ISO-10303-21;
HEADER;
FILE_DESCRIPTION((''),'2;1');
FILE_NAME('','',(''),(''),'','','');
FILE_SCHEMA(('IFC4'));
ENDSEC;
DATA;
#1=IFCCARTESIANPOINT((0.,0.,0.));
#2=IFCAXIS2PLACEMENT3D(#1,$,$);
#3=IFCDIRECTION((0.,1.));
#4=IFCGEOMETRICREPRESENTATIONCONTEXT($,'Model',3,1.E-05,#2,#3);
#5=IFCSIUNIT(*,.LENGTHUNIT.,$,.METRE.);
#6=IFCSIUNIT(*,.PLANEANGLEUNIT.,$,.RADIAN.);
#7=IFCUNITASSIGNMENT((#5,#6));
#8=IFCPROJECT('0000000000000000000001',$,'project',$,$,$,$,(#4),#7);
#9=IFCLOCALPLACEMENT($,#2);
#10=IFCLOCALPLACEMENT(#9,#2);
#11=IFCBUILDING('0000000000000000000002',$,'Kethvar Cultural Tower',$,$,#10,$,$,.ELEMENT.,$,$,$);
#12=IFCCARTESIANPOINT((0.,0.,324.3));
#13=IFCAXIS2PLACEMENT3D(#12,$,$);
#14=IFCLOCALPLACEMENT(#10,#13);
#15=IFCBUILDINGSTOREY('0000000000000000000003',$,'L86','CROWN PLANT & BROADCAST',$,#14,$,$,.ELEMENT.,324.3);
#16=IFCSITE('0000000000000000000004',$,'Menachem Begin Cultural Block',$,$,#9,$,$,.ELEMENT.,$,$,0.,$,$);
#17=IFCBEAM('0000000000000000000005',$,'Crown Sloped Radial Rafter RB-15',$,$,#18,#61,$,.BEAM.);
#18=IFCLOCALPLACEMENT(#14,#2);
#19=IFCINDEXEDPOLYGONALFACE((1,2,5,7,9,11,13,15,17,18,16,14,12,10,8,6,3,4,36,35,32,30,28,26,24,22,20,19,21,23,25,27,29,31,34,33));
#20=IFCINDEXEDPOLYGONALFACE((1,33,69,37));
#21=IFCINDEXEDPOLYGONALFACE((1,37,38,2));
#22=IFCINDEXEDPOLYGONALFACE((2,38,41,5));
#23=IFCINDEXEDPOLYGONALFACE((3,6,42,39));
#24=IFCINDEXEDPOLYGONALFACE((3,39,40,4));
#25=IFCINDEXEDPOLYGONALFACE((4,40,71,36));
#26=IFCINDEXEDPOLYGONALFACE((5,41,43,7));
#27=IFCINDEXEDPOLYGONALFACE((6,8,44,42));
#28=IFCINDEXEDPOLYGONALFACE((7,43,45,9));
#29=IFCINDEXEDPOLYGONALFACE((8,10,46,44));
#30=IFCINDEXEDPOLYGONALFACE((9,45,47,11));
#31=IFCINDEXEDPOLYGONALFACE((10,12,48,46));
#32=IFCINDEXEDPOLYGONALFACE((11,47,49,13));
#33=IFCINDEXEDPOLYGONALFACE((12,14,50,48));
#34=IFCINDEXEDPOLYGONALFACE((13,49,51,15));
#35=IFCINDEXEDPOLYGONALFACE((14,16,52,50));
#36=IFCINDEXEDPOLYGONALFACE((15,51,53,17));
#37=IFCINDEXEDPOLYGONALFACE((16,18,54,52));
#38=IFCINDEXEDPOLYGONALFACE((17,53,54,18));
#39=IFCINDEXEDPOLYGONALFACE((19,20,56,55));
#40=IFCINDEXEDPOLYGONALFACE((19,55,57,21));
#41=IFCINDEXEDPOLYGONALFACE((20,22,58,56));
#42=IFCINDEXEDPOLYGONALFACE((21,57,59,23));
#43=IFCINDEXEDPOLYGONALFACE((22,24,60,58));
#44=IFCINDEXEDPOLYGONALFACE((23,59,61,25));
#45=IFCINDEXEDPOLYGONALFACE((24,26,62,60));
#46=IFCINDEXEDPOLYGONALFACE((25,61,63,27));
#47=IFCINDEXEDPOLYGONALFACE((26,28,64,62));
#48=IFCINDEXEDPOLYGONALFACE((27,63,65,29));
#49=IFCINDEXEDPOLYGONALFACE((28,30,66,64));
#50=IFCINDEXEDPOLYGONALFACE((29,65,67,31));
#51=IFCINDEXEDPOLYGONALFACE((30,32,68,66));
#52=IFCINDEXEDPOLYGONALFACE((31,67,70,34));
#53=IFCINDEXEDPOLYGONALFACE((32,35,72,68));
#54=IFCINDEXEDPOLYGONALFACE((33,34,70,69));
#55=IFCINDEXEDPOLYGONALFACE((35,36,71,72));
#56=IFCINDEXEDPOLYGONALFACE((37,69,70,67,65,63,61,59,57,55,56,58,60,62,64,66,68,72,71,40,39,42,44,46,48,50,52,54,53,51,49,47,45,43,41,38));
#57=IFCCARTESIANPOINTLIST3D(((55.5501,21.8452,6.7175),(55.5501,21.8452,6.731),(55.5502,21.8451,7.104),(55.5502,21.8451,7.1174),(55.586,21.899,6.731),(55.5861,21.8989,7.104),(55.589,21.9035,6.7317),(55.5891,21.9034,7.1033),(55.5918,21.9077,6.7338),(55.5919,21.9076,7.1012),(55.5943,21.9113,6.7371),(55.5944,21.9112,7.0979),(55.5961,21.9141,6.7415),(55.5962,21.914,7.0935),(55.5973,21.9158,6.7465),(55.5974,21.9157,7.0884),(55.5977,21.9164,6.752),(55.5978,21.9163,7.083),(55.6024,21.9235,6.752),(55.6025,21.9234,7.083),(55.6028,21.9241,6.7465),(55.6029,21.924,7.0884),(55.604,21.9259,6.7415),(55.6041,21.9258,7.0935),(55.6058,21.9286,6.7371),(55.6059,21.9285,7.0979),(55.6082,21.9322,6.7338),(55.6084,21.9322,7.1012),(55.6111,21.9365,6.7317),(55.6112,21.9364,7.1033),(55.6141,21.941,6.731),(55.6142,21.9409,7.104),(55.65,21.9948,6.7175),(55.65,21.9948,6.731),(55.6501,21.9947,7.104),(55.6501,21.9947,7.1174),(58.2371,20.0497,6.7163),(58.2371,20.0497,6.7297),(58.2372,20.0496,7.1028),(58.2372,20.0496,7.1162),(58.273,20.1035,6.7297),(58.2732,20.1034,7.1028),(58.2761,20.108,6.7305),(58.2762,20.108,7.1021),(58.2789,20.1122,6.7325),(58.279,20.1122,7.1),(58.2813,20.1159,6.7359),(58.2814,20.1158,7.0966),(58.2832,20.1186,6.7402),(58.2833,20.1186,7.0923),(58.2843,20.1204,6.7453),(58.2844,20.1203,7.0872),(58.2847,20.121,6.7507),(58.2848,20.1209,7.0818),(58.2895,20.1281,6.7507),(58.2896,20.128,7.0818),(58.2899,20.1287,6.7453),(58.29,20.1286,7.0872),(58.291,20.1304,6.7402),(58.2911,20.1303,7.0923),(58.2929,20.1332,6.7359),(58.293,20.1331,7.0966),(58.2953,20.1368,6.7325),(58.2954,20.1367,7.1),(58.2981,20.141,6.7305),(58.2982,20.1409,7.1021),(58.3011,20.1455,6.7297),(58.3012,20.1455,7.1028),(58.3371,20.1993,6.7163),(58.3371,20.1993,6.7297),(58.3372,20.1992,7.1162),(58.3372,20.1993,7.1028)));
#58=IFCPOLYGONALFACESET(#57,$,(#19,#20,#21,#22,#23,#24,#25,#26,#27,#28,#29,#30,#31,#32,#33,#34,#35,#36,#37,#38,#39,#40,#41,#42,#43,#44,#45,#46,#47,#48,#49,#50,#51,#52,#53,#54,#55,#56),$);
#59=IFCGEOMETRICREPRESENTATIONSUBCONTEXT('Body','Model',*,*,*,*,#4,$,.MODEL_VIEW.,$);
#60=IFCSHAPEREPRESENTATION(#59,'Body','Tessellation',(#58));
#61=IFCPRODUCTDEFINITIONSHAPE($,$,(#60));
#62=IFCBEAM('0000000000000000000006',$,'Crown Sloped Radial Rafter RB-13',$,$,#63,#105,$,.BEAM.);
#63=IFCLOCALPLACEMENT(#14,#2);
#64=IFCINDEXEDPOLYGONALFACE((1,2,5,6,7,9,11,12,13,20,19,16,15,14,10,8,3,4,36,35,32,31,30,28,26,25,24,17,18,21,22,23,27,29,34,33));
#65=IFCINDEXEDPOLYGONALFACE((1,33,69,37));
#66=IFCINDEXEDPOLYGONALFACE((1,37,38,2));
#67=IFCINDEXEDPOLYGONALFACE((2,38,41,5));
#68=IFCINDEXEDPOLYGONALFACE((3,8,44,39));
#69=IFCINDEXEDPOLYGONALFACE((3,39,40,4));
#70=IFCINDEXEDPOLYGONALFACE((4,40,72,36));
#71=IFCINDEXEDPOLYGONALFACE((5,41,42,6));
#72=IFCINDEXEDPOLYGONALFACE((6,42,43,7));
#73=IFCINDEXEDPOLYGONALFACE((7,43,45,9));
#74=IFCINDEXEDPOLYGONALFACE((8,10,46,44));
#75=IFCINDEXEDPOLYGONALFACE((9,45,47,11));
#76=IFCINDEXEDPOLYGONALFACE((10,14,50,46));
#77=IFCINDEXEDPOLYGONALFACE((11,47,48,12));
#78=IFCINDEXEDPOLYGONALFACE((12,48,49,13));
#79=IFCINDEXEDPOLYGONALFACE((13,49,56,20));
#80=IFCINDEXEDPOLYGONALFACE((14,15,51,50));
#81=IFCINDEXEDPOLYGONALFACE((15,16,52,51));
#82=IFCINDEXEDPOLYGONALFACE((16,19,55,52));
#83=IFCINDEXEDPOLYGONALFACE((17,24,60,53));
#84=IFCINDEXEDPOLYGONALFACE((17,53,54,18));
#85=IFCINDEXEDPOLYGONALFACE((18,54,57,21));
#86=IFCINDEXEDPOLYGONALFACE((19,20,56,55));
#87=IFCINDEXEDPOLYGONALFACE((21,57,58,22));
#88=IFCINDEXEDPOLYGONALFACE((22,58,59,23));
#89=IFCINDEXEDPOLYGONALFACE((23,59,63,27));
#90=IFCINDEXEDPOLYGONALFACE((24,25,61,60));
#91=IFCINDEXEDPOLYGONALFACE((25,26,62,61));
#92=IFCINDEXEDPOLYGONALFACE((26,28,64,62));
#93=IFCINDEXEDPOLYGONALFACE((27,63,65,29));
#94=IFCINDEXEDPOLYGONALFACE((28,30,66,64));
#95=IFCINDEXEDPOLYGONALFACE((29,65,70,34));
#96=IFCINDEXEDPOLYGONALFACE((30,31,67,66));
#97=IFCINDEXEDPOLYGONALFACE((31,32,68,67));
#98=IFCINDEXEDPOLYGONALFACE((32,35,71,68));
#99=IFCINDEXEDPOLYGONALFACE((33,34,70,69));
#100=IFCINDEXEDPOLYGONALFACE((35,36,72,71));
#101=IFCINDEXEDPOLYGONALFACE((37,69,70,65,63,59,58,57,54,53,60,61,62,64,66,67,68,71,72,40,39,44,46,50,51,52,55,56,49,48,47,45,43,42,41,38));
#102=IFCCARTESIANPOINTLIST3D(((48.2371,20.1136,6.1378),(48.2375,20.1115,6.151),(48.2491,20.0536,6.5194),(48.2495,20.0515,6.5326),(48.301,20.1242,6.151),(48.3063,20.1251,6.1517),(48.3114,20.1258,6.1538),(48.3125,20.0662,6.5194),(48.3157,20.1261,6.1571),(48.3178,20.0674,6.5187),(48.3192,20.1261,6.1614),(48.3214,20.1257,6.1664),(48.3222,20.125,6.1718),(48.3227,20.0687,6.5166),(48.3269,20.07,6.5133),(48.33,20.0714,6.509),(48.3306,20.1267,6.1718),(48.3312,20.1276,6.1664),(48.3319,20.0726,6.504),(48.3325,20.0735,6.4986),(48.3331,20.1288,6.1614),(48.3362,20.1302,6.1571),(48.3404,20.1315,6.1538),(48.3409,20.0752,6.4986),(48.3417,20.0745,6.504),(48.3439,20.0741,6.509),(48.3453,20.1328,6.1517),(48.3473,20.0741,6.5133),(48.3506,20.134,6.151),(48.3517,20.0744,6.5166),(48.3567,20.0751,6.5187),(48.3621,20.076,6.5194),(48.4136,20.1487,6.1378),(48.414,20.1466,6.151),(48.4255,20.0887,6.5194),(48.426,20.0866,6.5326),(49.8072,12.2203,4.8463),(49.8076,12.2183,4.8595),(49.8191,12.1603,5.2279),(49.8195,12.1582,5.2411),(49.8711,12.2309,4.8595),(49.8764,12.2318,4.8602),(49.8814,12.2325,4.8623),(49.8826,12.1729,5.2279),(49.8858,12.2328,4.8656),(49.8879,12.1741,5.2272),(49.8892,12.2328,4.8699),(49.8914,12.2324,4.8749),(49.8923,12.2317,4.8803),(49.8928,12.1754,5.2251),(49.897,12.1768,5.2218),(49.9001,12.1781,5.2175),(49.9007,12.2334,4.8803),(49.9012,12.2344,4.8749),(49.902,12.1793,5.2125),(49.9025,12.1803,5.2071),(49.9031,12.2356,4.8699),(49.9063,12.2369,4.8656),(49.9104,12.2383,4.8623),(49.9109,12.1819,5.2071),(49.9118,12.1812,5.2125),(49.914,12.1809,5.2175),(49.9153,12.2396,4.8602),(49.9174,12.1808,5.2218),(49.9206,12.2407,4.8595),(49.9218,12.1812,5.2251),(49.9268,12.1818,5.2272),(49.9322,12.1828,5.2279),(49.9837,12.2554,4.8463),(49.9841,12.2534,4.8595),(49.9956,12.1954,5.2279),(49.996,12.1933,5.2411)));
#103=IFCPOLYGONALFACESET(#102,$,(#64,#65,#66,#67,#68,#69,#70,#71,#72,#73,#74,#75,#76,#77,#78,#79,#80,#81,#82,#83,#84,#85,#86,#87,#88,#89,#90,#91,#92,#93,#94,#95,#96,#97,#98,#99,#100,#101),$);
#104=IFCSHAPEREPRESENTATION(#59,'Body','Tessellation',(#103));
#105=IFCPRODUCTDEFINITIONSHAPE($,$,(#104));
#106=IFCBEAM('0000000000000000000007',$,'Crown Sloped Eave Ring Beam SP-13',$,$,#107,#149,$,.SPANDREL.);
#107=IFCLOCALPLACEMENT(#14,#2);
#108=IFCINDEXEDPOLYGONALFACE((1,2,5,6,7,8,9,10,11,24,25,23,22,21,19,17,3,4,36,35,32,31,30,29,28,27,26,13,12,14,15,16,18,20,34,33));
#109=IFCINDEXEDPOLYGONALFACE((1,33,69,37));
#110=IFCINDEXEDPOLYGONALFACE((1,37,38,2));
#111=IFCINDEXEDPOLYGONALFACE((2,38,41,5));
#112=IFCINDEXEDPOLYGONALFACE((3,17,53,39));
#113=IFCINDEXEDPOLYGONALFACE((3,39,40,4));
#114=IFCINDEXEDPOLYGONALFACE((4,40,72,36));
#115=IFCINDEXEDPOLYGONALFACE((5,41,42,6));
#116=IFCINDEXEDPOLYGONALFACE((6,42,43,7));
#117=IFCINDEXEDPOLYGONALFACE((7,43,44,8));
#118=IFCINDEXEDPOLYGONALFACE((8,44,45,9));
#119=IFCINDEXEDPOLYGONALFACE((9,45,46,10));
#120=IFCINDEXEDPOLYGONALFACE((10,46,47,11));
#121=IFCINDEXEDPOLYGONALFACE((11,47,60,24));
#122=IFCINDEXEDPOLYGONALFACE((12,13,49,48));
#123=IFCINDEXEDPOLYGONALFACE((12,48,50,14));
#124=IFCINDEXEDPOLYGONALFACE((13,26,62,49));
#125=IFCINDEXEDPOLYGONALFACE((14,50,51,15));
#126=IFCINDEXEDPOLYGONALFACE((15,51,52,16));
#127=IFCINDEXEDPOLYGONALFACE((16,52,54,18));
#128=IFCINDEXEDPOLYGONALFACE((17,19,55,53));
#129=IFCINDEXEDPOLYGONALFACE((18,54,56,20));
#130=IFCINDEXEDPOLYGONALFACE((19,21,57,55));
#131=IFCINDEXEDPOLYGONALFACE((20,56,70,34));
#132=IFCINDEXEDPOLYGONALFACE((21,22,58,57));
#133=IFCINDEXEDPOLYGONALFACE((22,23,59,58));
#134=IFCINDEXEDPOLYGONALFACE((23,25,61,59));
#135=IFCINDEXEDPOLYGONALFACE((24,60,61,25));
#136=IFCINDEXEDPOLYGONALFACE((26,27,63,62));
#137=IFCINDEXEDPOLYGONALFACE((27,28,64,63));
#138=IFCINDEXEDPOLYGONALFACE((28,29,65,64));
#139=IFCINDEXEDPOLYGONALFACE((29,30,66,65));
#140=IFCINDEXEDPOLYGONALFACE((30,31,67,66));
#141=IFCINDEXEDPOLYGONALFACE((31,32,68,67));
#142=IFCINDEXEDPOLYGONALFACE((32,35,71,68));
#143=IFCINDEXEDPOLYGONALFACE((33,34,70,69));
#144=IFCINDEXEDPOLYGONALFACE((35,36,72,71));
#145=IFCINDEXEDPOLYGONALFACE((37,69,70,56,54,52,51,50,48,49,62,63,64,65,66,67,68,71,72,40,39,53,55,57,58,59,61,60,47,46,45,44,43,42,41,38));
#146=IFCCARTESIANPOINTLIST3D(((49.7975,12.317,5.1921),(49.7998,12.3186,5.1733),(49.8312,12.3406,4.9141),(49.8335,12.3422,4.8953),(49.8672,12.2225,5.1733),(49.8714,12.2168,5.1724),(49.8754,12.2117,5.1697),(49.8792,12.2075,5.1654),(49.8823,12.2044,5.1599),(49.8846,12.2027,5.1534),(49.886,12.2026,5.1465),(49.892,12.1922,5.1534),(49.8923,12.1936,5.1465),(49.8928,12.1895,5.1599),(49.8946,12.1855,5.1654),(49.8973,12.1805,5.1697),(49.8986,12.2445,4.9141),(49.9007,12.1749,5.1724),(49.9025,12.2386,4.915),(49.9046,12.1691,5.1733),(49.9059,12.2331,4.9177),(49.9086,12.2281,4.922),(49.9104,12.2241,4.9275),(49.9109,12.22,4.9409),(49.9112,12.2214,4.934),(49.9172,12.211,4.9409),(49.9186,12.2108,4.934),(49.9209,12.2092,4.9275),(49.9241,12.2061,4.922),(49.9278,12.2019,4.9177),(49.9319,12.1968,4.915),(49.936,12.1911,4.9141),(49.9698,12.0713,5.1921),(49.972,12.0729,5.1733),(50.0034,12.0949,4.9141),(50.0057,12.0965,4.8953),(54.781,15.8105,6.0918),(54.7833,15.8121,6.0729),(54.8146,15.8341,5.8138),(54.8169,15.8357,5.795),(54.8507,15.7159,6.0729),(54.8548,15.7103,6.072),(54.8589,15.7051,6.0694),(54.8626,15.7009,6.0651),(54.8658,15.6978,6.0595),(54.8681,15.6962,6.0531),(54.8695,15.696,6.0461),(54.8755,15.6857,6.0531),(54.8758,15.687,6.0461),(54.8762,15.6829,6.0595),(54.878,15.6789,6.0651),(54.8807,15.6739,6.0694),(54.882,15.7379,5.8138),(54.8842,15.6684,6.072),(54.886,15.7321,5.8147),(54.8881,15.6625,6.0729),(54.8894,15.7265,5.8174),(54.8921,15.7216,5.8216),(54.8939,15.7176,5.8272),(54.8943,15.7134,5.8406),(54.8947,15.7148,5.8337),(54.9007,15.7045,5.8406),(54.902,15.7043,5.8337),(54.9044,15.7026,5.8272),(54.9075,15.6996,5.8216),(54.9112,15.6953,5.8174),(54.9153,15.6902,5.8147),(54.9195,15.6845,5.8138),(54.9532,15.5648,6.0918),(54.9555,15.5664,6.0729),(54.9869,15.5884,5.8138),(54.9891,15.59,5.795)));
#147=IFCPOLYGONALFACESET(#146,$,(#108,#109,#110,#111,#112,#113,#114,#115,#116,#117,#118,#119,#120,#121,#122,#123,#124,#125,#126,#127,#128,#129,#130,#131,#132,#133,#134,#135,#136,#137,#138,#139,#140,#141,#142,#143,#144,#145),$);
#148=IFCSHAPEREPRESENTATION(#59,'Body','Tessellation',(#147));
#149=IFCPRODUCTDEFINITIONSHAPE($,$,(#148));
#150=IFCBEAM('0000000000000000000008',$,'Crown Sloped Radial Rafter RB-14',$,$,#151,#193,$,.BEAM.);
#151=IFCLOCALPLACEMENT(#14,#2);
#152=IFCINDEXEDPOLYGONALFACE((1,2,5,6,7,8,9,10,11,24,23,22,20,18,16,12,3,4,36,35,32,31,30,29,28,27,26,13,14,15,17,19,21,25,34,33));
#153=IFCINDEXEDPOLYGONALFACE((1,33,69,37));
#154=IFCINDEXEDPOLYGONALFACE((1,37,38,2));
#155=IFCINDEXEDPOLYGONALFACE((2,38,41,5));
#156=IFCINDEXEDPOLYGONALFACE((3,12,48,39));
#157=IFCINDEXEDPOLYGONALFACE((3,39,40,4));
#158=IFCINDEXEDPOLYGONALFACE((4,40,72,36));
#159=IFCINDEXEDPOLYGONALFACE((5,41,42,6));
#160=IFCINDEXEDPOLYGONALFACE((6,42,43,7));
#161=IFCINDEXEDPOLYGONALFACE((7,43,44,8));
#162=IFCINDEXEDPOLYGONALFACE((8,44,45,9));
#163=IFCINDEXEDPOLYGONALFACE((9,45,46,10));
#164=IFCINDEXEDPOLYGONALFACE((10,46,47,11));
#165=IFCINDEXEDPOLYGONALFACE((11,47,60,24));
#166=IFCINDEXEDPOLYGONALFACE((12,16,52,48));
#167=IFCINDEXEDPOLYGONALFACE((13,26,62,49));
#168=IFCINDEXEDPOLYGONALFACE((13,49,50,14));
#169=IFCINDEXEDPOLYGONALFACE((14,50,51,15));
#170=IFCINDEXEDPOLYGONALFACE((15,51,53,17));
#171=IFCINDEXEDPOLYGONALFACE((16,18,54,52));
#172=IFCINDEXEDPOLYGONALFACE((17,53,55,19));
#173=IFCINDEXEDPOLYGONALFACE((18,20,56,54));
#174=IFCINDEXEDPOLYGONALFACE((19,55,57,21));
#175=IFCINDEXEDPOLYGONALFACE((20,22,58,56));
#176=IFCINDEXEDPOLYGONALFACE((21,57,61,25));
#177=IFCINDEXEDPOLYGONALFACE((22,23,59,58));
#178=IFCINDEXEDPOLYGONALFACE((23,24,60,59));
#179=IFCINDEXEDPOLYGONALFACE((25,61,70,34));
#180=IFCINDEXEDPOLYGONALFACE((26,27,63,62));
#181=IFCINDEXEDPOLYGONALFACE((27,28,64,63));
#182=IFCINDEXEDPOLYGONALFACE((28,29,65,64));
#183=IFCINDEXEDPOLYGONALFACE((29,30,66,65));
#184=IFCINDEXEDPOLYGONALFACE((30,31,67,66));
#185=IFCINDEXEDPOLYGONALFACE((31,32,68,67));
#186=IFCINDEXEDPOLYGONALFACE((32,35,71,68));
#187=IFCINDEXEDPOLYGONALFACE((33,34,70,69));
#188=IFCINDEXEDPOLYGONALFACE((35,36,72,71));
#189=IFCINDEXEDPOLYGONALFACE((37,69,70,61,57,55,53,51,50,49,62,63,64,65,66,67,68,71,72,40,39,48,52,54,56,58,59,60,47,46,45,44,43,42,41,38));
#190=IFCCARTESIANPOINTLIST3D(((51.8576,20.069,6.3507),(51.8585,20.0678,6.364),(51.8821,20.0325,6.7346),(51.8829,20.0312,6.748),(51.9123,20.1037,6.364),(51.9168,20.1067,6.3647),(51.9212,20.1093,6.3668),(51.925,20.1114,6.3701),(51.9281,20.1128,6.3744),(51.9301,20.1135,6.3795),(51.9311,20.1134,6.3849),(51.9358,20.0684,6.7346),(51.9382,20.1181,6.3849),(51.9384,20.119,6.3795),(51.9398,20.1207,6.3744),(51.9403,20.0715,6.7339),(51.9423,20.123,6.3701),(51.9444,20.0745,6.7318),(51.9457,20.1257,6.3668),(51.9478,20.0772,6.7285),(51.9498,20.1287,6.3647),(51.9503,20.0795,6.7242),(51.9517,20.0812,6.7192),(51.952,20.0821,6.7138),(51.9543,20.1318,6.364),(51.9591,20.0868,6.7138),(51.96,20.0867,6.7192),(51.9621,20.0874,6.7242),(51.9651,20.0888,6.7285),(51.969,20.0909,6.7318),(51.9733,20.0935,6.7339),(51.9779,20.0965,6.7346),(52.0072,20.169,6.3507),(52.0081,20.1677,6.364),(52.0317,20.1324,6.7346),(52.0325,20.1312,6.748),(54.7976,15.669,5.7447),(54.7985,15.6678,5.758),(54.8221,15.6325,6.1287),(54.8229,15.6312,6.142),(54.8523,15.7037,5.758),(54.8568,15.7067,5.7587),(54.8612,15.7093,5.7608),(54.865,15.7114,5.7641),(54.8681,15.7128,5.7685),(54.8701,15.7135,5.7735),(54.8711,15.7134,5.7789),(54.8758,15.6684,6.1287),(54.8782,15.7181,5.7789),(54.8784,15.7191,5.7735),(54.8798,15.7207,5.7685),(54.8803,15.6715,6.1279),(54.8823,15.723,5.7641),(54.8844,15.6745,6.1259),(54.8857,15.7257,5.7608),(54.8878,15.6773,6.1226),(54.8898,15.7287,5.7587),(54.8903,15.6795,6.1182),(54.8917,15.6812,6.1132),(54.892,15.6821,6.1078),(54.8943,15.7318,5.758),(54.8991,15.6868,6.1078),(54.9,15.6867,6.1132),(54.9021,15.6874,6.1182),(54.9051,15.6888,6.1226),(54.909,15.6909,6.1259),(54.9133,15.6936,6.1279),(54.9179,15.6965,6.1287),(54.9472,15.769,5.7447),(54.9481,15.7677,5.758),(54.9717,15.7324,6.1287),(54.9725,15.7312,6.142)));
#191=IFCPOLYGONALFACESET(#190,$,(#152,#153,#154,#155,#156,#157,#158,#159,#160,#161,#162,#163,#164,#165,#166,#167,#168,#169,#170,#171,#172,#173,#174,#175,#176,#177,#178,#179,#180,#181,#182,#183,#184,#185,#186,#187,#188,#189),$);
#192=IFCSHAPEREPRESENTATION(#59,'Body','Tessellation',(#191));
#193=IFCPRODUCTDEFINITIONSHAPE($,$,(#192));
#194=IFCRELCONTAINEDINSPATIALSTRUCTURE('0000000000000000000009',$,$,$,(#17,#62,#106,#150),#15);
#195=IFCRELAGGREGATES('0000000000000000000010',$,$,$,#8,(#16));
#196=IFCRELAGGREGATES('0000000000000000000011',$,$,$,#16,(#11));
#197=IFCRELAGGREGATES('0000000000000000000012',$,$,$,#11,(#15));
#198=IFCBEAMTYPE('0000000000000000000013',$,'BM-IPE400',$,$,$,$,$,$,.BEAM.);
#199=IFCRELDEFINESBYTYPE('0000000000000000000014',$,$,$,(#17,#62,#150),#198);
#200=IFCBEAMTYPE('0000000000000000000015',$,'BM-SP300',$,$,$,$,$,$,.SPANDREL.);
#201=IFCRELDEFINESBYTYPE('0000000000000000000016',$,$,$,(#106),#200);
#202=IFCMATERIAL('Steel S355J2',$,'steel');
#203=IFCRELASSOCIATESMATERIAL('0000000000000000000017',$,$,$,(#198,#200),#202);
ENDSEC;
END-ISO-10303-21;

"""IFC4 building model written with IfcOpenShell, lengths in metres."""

from ifc_helpers import new_model, si_unit, direction, frame, origin, origin_2d, place, context, subcontext, project, spatial, i_section, extrude, source, transform, mapped, material, material_profile, profile_set, type_object, element, save


model = new_model("IFC4")

# Units and contexts
model_context = context("Model", 3, precision=1e-05, world=origin(), true_north=direction((0.0, 1.0)))
body_context = subcontext(model_context, "Body", "Model", "MODEL_VIEW")
ifc_project = project(units=[si_unit("LENGTHUNIT", "METRE"), si_unit("PLANEANGLEUNIT", "RADIAN")], contexts=[model_context])

# Site, building, storey
site_placement = place(None, origin())
site = spatial("IfcSite", under=ifc_project, at=site_placement, Name="Menachem Begin Cultural Block", CompositionType="ELEMENT", RefElevation=0.0)
building_placement = place(site_placement, origin())
building = spatial("IfcBuilding", under=site, at=building_placement, Name="Kethvar Cultural Tower", CompositionType="ELEMENT")
storey_placement = place(building_placement, frame((0.0, 0.0, 324.3)))
storey = spatial("IfcBuildingStorey", under=building, at=storey_placement, Name="L86", Description="CROWN PLANT & BROADCAST", CompositionType="ELEMENT", Elevation=324.3)

# Beams
ifc_material_1 = material(Name="Steel S355J2", Category="steel")
ifc_material_profile_1 = material_profile(ifc_material_1, i_section(OverallWidth=0.1799, OverallDepth=0.3999, WebThickness=0.0085, FlangeThickness=0.0134, FilletRadius=0.021, at=origin_2d()), Name="Steel S355J2 — IPE400")
ifc_profile_set_1 = profile_set([ifc_material_profile_1], Name="Steel S355J2 — IPE400")
beam_type_1 = type_object("IfcBeamType", Name="BM-IPE400", PredefinedType="BEAM", material=ifc_profile_set_1)
shared_shape_1 = source(origin(), body_context, "Body", "SweptSolid", [
    extrude(i_section(OverallWidth=0.1799, OverallDepth=0.3999, WebThickness=0.0085, FlangeThickness=0.0134, FilletRadius=0.021, at=origin_2d()), origin(), (0.0, 0.0, 1.0), 3.2317),
])
beam_1_placement = place(storey_placement, frame((55.6001, 21.9199, 6.9175), z_axis=(0.831469, -0.555572, -0.000378), x_axis=(0.555572, 0.831469, 0.0)))
element("IfcBeam", 1, at=beam_1_placement, inside=storey, type_object=beam_type_1, Name="Crown Sloped Radial Rafter RB-15", PredefinedType="BEAM", context=body_context, shape_type="MappedRepresentation", body=[
    mapped(shared_shape_1, transform((0.0, 0.0, 0.0), scale=1.0)),
])
shared_shape_2 = source(origin(), body_context, "Body", "SweptSolid", [
    extrude(i_section(OverallWidth=0.1799, OverallDepth=0.3999, WebThickness=0.0085, FlangeThickness=0.0134, FilletRadius=0.021, at=origin_2d()), origin(), (0.0, 0.0, 1.0), 8.1509),
])
beam_2_placement = place(storey_placement, frame((48.3315, 20.1001, 6.3352), z_axis=(0.192625, -0.968395, -0.158449), x_axis=(0.980785, 0.195089, 0.0)))
element("IfcBeam", 2, at=beam_2_placement, inside=storey, type_object=beam_type_1, Name="Crown Sloped Radial Rafter RB-13", PredefinedType="BEAM", context=body_context, shape_type="MappedRepresentation", body=[
    mapped(shared_shape_2, transform((0.0, 0.0, 0.0), scale=1.0)),
])
ifc_material_profile_2 = material_profile(ifc_material_1, i_section(OverallWidth=0.3, OverallDepth=0.3, WebThickness=0.011, FlangeThickness=0.019, FilletRadius=0.0271, at=origin_2d()), Name="Steel S355J2 — HEB300")
ifc_profile_set_2 = profile_set([ifc_material_profile_2], Name="Steel S355J2 — HEB300")
beam_type_2 = type_object("IfcBeamType", Name="BM-SP300", PredefinedType="SPANDREL", material=ifc_profile_set_2)
shared_shape_3 = source(origin(), body_context, "Body", "SweptSolid", [
    extrude(i_section(OverallWidth=0.3, OverallDepth=0.3, WebThickness=0.011, FlangeThickness=0.019, FilletRadius=0.0271, at=origin_2d()), origin(), (0.0, 0.0, 1.0), 6.1521),
])
beam_3_placement = place(storey_placement, frame((49.9016, 12.2068, 5.0437), z_axis=(0.810041, 0.567846, 0.146237), x_axis=(-0.574017, 0.818843, 0.0)))
element("IfcBeam", 3, at=beam_3_placement, inside=storey, type_object=beam_type_2, Name="Crown Sloped Eave Ring Beam SP-13", PredefinedType="SPANDREL", context=body_context, shape_type="MappedRepresentation", body=[
    mapped(shared_shape_3, transform((0.0, 0.0, 0.0), scale=1.0)),
])
shared_shape_4 = source(origin(), body_context, "Body", "SweptSolid", [
    extrude(i_section(OverallWidth=0.1799, OverallDepth=0.3999, WebThickness=0.0085, FlangeThickness=0.0134, FilletRadius=0.021, at=origin_2d()), origin(), (0.0, 0.0, 1.0), 5.3264),
])
beam_4_placement = place(storey_placement, frame((51.9451, 20.1001, 6.5493), z_axis=(0.551966, -0.826069, -0.113767), x_axis=(0.831468, 0.555573, 0.0)))
element("IfcBeam", 4, at=beam_4_placement, inside=storey, type_object=beam_type_1, Name="Crown Sloped Radial Rafter RB-14", PredefinedType="BEAM", context=body_context, shape_type="MappedRepresentation", body=[
    mapped(shared_shape_4, transform((0.0, 0.0, 0.0), scale=1.0)),
])

save(model, "model.ifc")
